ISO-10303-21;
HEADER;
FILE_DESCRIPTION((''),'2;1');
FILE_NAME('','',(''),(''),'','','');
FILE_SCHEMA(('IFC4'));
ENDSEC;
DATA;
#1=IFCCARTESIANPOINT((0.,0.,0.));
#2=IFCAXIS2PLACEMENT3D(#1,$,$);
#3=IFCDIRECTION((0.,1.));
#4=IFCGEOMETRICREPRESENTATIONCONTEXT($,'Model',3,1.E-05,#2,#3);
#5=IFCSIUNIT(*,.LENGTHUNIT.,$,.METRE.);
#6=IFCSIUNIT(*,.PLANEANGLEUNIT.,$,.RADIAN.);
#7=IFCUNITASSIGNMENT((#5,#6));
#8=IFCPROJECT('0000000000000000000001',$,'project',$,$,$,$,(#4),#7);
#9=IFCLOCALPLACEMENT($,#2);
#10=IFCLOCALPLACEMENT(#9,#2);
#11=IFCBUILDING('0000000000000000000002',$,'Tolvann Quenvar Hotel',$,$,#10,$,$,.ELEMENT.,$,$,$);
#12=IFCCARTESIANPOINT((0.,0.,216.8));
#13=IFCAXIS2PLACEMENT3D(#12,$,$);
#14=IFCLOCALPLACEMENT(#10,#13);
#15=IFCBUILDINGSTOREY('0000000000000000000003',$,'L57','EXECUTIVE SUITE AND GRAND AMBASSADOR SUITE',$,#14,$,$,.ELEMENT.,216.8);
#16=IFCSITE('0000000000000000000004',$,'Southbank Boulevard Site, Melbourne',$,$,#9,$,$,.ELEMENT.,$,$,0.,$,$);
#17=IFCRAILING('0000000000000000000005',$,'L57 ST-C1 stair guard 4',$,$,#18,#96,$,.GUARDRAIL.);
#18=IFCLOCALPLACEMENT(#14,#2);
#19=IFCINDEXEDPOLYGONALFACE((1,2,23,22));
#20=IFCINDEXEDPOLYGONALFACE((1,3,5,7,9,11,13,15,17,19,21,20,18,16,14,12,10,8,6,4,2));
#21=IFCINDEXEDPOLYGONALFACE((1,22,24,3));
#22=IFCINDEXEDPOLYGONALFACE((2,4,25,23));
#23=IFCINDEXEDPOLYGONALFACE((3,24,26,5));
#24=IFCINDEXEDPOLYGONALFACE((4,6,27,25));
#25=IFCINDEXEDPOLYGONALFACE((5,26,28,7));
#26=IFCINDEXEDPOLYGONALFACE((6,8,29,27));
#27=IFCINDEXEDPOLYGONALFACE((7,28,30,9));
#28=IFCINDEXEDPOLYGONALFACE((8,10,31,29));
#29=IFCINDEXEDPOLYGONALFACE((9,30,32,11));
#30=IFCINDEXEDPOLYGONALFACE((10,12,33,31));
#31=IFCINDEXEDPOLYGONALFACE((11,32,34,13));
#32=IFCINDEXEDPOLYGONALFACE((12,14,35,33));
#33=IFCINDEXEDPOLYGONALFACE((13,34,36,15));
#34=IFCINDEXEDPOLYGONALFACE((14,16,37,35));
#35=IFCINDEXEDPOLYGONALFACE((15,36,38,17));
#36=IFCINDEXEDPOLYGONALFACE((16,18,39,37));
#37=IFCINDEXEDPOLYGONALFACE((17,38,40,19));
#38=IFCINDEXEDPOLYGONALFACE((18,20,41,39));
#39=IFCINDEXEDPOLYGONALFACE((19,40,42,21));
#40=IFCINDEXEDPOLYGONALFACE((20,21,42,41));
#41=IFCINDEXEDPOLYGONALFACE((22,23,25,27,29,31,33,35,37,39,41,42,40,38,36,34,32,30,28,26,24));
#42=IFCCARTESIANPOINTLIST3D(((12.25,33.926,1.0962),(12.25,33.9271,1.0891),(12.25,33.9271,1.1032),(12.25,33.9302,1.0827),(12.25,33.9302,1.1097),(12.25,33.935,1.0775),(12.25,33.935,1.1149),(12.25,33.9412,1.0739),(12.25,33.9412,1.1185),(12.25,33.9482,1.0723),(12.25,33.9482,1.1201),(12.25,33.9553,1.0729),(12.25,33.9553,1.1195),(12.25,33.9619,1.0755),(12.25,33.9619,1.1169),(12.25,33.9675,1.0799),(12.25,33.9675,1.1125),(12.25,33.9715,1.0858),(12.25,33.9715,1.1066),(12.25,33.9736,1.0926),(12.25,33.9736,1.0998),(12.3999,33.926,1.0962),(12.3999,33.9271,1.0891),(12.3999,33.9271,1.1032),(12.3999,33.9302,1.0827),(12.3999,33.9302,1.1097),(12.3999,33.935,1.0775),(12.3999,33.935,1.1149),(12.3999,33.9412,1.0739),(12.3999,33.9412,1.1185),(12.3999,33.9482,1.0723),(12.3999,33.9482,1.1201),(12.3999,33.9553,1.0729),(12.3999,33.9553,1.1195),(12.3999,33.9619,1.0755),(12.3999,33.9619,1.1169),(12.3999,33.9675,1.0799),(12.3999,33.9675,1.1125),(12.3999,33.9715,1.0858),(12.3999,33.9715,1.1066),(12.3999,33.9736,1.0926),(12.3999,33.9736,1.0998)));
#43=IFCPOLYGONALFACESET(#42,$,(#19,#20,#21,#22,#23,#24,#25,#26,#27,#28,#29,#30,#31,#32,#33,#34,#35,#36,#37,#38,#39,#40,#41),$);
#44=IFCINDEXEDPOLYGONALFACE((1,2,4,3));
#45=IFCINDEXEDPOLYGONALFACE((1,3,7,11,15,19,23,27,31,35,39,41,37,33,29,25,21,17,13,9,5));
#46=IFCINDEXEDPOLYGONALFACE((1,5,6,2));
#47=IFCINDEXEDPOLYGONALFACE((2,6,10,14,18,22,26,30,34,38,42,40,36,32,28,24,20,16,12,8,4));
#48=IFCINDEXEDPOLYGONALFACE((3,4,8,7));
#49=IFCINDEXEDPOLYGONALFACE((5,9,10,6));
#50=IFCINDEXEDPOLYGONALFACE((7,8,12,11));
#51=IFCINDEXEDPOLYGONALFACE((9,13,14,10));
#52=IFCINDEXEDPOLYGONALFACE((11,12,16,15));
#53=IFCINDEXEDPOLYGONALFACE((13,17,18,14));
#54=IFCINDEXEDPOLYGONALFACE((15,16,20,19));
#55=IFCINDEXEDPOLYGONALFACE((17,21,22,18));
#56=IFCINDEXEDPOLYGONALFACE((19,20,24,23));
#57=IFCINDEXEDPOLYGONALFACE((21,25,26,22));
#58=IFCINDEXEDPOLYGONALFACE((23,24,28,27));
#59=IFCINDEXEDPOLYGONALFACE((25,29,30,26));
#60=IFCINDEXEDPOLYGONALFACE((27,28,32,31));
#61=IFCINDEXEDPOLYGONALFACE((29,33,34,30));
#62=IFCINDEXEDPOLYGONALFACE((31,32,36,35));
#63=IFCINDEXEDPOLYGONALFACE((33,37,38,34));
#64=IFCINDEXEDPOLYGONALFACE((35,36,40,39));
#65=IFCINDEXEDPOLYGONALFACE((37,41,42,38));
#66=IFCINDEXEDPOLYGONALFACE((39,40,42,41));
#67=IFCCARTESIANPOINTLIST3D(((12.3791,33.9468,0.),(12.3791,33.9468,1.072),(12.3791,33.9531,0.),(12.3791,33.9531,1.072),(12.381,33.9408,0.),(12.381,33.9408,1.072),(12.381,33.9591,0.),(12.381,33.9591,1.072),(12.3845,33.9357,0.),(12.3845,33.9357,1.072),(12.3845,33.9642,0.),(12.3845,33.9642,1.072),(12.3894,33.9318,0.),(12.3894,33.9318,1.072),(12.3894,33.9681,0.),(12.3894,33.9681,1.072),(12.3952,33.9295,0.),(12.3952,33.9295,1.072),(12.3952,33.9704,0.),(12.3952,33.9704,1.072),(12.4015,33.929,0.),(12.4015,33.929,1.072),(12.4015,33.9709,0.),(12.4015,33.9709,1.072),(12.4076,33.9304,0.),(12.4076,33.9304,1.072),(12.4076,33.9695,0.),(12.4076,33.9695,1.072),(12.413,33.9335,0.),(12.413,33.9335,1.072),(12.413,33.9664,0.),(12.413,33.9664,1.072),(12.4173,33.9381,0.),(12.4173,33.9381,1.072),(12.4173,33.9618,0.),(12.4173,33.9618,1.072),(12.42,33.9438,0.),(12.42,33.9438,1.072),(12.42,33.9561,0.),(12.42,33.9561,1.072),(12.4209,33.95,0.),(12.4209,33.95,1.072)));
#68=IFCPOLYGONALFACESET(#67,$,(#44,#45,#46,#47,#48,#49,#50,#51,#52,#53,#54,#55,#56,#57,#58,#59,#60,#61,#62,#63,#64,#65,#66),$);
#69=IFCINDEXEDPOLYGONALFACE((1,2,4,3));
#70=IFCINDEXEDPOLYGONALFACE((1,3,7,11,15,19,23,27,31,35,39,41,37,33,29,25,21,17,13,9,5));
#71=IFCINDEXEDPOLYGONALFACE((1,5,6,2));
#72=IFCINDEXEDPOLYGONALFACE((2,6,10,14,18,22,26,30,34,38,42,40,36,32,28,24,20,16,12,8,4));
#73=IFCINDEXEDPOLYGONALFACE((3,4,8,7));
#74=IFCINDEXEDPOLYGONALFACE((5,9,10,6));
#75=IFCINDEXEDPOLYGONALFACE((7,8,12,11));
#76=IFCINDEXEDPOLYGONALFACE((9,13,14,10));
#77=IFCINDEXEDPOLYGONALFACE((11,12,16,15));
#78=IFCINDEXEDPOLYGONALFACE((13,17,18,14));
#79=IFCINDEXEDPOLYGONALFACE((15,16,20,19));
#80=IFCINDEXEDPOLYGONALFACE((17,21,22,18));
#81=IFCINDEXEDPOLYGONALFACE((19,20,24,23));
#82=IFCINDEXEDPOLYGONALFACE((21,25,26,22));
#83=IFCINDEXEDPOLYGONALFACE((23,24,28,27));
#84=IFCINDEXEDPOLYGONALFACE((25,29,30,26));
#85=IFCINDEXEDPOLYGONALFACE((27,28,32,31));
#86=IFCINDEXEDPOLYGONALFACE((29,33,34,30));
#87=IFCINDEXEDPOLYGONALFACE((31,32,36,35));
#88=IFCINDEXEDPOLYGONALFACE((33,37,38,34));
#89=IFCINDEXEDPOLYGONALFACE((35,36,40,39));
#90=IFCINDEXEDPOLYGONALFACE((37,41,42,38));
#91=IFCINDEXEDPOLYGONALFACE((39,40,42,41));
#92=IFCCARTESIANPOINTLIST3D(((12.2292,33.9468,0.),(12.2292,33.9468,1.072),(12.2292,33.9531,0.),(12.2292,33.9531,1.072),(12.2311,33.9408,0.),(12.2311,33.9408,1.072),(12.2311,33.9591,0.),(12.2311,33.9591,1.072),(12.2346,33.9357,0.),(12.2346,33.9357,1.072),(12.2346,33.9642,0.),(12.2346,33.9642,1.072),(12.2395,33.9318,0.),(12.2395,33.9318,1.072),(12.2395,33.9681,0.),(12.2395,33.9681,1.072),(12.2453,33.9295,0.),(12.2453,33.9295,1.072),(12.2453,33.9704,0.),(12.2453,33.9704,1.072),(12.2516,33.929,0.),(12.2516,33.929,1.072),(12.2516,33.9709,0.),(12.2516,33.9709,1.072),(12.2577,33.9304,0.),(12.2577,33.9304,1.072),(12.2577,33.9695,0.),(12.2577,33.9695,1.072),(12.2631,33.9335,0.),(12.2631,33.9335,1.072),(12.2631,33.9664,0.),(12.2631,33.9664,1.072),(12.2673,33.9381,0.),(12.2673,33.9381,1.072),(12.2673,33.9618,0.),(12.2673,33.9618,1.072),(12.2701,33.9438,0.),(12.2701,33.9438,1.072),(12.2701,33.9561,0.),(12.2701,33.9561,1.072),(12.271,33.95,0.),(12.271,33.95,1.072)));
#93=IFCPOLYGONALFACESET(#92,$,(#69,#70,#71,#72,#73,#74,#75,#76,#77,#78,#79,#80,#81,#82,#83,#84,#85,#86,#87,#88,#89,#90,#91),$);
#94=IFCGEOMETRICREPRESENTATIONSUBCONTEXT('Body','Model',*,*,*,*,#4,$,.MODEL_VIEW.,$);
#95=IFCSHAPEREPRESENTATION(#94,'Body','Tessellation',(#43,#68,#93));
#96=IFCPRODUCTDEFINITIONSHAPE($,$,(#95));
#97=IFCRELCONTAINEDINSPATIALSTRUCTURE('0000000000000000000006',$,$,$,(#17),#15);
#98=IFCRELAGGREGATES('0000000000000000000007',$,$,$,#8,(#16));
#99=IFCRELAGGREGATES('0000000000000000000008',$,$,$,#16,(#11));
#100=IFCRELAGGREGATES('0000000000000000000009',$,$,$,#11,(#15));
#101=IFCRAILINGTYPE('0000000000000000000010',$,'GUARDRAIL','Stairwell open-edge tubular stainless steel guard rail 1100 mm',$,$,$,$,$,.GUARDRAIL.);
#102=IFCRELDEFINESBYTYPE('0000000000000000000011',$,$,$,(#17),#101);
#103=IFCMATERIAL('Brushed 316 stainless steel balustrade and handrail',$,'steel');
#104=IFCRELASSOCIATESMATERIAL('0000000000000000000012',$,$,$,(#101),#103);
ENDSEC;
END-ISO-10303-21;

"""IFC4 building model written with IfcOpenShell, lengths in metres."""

from ifc_helpers import new_model, si_unit, direction, frame, origin, origin_2d, place, context, subcontext, project, spatial, circle, extrude, material, type_object, element, save


model = new_model("IFC4")

# Units and contexts
model_context = context("Model", 3, precision=1e-05, world=origin(), true_north=direction((0.0, 1.0)))
body_context = subcontext(model_context, "Body", "Model", "MODEL_VIEW")
ifc_project = project(units=[si_unit("LENGTHUNIT", "METRE"), si_unit("PLANEANGLEUNIT", "RADIAN")], contexts=[model_context])

# Site, building, storey
site_placement = place(None, origin())
site = spatial("IfcSite", under=ifc_project, at=site_placement, Name="Southbank Boulevard Site, Melbourne", CompositionType="ELEMENT", RefElevation=0.0)
building_placement = place(site_placement, origin())
building = spatial("IfcBuilding", under=site, at=building_placement, Name="Tolvann Quenvar Hotel", CompositionType="ELEMENT")
storey_placement = place(building_placement, frame((0.0, 0.0, 216.8)))
storey = spatial("IfcBuildingStorey", under=building, at=storey_placement, Name="L57", Description="EXECUTIVE SUITE AND GRAND AMBASSADOR SUITE", CompositionType="ELEMENT", Elevation=216.8)

# Railing
ifc_material_1 = material(Name="Brushed 316 stainless steel balustrade and handrail", Category="steel")
railing_type = type_object("IfcRailingType", Name="GUARDRAIL", Description="Stairwell open-edge tubular stainless steel guard rail 1100 mm", PredefinedType="GUARDRAIL", material=ifc_material_1)
railing_1_placement = place(storey_placement, frame((12.3999, 33.95, 0.0)))
element("IfcRailing", 1, at=railing_1_placement, inside=storey, type_object=railing_type, Name="L57 ST-C1 stair guard 4", PredefinedType="GUARDRAIL", context=body_context, shape_type="SweptSolid", body=[
    extrude(circle(Radius=0.0239, at=origin_2d()), frame((0.0, 0.0, 1.0962), z_axis=(-1.0, 0.0, 0.0), x_axis=(0.0, -1.0, 0.0)), (0.0, 0.0, 1.0), 0.1499),
    extrude(circle(Radius=0.021, at=origin_2d()), origin(), (0.0, 0.0, 1.0), 1.072),
    extrude(circle(Radius=0.021, at=origin_2d()), frame((-0.1499, 0.0, 0.0)), (0.0, 0.0, 1.0), 1.072),
])

save(model, "model.ifc")
